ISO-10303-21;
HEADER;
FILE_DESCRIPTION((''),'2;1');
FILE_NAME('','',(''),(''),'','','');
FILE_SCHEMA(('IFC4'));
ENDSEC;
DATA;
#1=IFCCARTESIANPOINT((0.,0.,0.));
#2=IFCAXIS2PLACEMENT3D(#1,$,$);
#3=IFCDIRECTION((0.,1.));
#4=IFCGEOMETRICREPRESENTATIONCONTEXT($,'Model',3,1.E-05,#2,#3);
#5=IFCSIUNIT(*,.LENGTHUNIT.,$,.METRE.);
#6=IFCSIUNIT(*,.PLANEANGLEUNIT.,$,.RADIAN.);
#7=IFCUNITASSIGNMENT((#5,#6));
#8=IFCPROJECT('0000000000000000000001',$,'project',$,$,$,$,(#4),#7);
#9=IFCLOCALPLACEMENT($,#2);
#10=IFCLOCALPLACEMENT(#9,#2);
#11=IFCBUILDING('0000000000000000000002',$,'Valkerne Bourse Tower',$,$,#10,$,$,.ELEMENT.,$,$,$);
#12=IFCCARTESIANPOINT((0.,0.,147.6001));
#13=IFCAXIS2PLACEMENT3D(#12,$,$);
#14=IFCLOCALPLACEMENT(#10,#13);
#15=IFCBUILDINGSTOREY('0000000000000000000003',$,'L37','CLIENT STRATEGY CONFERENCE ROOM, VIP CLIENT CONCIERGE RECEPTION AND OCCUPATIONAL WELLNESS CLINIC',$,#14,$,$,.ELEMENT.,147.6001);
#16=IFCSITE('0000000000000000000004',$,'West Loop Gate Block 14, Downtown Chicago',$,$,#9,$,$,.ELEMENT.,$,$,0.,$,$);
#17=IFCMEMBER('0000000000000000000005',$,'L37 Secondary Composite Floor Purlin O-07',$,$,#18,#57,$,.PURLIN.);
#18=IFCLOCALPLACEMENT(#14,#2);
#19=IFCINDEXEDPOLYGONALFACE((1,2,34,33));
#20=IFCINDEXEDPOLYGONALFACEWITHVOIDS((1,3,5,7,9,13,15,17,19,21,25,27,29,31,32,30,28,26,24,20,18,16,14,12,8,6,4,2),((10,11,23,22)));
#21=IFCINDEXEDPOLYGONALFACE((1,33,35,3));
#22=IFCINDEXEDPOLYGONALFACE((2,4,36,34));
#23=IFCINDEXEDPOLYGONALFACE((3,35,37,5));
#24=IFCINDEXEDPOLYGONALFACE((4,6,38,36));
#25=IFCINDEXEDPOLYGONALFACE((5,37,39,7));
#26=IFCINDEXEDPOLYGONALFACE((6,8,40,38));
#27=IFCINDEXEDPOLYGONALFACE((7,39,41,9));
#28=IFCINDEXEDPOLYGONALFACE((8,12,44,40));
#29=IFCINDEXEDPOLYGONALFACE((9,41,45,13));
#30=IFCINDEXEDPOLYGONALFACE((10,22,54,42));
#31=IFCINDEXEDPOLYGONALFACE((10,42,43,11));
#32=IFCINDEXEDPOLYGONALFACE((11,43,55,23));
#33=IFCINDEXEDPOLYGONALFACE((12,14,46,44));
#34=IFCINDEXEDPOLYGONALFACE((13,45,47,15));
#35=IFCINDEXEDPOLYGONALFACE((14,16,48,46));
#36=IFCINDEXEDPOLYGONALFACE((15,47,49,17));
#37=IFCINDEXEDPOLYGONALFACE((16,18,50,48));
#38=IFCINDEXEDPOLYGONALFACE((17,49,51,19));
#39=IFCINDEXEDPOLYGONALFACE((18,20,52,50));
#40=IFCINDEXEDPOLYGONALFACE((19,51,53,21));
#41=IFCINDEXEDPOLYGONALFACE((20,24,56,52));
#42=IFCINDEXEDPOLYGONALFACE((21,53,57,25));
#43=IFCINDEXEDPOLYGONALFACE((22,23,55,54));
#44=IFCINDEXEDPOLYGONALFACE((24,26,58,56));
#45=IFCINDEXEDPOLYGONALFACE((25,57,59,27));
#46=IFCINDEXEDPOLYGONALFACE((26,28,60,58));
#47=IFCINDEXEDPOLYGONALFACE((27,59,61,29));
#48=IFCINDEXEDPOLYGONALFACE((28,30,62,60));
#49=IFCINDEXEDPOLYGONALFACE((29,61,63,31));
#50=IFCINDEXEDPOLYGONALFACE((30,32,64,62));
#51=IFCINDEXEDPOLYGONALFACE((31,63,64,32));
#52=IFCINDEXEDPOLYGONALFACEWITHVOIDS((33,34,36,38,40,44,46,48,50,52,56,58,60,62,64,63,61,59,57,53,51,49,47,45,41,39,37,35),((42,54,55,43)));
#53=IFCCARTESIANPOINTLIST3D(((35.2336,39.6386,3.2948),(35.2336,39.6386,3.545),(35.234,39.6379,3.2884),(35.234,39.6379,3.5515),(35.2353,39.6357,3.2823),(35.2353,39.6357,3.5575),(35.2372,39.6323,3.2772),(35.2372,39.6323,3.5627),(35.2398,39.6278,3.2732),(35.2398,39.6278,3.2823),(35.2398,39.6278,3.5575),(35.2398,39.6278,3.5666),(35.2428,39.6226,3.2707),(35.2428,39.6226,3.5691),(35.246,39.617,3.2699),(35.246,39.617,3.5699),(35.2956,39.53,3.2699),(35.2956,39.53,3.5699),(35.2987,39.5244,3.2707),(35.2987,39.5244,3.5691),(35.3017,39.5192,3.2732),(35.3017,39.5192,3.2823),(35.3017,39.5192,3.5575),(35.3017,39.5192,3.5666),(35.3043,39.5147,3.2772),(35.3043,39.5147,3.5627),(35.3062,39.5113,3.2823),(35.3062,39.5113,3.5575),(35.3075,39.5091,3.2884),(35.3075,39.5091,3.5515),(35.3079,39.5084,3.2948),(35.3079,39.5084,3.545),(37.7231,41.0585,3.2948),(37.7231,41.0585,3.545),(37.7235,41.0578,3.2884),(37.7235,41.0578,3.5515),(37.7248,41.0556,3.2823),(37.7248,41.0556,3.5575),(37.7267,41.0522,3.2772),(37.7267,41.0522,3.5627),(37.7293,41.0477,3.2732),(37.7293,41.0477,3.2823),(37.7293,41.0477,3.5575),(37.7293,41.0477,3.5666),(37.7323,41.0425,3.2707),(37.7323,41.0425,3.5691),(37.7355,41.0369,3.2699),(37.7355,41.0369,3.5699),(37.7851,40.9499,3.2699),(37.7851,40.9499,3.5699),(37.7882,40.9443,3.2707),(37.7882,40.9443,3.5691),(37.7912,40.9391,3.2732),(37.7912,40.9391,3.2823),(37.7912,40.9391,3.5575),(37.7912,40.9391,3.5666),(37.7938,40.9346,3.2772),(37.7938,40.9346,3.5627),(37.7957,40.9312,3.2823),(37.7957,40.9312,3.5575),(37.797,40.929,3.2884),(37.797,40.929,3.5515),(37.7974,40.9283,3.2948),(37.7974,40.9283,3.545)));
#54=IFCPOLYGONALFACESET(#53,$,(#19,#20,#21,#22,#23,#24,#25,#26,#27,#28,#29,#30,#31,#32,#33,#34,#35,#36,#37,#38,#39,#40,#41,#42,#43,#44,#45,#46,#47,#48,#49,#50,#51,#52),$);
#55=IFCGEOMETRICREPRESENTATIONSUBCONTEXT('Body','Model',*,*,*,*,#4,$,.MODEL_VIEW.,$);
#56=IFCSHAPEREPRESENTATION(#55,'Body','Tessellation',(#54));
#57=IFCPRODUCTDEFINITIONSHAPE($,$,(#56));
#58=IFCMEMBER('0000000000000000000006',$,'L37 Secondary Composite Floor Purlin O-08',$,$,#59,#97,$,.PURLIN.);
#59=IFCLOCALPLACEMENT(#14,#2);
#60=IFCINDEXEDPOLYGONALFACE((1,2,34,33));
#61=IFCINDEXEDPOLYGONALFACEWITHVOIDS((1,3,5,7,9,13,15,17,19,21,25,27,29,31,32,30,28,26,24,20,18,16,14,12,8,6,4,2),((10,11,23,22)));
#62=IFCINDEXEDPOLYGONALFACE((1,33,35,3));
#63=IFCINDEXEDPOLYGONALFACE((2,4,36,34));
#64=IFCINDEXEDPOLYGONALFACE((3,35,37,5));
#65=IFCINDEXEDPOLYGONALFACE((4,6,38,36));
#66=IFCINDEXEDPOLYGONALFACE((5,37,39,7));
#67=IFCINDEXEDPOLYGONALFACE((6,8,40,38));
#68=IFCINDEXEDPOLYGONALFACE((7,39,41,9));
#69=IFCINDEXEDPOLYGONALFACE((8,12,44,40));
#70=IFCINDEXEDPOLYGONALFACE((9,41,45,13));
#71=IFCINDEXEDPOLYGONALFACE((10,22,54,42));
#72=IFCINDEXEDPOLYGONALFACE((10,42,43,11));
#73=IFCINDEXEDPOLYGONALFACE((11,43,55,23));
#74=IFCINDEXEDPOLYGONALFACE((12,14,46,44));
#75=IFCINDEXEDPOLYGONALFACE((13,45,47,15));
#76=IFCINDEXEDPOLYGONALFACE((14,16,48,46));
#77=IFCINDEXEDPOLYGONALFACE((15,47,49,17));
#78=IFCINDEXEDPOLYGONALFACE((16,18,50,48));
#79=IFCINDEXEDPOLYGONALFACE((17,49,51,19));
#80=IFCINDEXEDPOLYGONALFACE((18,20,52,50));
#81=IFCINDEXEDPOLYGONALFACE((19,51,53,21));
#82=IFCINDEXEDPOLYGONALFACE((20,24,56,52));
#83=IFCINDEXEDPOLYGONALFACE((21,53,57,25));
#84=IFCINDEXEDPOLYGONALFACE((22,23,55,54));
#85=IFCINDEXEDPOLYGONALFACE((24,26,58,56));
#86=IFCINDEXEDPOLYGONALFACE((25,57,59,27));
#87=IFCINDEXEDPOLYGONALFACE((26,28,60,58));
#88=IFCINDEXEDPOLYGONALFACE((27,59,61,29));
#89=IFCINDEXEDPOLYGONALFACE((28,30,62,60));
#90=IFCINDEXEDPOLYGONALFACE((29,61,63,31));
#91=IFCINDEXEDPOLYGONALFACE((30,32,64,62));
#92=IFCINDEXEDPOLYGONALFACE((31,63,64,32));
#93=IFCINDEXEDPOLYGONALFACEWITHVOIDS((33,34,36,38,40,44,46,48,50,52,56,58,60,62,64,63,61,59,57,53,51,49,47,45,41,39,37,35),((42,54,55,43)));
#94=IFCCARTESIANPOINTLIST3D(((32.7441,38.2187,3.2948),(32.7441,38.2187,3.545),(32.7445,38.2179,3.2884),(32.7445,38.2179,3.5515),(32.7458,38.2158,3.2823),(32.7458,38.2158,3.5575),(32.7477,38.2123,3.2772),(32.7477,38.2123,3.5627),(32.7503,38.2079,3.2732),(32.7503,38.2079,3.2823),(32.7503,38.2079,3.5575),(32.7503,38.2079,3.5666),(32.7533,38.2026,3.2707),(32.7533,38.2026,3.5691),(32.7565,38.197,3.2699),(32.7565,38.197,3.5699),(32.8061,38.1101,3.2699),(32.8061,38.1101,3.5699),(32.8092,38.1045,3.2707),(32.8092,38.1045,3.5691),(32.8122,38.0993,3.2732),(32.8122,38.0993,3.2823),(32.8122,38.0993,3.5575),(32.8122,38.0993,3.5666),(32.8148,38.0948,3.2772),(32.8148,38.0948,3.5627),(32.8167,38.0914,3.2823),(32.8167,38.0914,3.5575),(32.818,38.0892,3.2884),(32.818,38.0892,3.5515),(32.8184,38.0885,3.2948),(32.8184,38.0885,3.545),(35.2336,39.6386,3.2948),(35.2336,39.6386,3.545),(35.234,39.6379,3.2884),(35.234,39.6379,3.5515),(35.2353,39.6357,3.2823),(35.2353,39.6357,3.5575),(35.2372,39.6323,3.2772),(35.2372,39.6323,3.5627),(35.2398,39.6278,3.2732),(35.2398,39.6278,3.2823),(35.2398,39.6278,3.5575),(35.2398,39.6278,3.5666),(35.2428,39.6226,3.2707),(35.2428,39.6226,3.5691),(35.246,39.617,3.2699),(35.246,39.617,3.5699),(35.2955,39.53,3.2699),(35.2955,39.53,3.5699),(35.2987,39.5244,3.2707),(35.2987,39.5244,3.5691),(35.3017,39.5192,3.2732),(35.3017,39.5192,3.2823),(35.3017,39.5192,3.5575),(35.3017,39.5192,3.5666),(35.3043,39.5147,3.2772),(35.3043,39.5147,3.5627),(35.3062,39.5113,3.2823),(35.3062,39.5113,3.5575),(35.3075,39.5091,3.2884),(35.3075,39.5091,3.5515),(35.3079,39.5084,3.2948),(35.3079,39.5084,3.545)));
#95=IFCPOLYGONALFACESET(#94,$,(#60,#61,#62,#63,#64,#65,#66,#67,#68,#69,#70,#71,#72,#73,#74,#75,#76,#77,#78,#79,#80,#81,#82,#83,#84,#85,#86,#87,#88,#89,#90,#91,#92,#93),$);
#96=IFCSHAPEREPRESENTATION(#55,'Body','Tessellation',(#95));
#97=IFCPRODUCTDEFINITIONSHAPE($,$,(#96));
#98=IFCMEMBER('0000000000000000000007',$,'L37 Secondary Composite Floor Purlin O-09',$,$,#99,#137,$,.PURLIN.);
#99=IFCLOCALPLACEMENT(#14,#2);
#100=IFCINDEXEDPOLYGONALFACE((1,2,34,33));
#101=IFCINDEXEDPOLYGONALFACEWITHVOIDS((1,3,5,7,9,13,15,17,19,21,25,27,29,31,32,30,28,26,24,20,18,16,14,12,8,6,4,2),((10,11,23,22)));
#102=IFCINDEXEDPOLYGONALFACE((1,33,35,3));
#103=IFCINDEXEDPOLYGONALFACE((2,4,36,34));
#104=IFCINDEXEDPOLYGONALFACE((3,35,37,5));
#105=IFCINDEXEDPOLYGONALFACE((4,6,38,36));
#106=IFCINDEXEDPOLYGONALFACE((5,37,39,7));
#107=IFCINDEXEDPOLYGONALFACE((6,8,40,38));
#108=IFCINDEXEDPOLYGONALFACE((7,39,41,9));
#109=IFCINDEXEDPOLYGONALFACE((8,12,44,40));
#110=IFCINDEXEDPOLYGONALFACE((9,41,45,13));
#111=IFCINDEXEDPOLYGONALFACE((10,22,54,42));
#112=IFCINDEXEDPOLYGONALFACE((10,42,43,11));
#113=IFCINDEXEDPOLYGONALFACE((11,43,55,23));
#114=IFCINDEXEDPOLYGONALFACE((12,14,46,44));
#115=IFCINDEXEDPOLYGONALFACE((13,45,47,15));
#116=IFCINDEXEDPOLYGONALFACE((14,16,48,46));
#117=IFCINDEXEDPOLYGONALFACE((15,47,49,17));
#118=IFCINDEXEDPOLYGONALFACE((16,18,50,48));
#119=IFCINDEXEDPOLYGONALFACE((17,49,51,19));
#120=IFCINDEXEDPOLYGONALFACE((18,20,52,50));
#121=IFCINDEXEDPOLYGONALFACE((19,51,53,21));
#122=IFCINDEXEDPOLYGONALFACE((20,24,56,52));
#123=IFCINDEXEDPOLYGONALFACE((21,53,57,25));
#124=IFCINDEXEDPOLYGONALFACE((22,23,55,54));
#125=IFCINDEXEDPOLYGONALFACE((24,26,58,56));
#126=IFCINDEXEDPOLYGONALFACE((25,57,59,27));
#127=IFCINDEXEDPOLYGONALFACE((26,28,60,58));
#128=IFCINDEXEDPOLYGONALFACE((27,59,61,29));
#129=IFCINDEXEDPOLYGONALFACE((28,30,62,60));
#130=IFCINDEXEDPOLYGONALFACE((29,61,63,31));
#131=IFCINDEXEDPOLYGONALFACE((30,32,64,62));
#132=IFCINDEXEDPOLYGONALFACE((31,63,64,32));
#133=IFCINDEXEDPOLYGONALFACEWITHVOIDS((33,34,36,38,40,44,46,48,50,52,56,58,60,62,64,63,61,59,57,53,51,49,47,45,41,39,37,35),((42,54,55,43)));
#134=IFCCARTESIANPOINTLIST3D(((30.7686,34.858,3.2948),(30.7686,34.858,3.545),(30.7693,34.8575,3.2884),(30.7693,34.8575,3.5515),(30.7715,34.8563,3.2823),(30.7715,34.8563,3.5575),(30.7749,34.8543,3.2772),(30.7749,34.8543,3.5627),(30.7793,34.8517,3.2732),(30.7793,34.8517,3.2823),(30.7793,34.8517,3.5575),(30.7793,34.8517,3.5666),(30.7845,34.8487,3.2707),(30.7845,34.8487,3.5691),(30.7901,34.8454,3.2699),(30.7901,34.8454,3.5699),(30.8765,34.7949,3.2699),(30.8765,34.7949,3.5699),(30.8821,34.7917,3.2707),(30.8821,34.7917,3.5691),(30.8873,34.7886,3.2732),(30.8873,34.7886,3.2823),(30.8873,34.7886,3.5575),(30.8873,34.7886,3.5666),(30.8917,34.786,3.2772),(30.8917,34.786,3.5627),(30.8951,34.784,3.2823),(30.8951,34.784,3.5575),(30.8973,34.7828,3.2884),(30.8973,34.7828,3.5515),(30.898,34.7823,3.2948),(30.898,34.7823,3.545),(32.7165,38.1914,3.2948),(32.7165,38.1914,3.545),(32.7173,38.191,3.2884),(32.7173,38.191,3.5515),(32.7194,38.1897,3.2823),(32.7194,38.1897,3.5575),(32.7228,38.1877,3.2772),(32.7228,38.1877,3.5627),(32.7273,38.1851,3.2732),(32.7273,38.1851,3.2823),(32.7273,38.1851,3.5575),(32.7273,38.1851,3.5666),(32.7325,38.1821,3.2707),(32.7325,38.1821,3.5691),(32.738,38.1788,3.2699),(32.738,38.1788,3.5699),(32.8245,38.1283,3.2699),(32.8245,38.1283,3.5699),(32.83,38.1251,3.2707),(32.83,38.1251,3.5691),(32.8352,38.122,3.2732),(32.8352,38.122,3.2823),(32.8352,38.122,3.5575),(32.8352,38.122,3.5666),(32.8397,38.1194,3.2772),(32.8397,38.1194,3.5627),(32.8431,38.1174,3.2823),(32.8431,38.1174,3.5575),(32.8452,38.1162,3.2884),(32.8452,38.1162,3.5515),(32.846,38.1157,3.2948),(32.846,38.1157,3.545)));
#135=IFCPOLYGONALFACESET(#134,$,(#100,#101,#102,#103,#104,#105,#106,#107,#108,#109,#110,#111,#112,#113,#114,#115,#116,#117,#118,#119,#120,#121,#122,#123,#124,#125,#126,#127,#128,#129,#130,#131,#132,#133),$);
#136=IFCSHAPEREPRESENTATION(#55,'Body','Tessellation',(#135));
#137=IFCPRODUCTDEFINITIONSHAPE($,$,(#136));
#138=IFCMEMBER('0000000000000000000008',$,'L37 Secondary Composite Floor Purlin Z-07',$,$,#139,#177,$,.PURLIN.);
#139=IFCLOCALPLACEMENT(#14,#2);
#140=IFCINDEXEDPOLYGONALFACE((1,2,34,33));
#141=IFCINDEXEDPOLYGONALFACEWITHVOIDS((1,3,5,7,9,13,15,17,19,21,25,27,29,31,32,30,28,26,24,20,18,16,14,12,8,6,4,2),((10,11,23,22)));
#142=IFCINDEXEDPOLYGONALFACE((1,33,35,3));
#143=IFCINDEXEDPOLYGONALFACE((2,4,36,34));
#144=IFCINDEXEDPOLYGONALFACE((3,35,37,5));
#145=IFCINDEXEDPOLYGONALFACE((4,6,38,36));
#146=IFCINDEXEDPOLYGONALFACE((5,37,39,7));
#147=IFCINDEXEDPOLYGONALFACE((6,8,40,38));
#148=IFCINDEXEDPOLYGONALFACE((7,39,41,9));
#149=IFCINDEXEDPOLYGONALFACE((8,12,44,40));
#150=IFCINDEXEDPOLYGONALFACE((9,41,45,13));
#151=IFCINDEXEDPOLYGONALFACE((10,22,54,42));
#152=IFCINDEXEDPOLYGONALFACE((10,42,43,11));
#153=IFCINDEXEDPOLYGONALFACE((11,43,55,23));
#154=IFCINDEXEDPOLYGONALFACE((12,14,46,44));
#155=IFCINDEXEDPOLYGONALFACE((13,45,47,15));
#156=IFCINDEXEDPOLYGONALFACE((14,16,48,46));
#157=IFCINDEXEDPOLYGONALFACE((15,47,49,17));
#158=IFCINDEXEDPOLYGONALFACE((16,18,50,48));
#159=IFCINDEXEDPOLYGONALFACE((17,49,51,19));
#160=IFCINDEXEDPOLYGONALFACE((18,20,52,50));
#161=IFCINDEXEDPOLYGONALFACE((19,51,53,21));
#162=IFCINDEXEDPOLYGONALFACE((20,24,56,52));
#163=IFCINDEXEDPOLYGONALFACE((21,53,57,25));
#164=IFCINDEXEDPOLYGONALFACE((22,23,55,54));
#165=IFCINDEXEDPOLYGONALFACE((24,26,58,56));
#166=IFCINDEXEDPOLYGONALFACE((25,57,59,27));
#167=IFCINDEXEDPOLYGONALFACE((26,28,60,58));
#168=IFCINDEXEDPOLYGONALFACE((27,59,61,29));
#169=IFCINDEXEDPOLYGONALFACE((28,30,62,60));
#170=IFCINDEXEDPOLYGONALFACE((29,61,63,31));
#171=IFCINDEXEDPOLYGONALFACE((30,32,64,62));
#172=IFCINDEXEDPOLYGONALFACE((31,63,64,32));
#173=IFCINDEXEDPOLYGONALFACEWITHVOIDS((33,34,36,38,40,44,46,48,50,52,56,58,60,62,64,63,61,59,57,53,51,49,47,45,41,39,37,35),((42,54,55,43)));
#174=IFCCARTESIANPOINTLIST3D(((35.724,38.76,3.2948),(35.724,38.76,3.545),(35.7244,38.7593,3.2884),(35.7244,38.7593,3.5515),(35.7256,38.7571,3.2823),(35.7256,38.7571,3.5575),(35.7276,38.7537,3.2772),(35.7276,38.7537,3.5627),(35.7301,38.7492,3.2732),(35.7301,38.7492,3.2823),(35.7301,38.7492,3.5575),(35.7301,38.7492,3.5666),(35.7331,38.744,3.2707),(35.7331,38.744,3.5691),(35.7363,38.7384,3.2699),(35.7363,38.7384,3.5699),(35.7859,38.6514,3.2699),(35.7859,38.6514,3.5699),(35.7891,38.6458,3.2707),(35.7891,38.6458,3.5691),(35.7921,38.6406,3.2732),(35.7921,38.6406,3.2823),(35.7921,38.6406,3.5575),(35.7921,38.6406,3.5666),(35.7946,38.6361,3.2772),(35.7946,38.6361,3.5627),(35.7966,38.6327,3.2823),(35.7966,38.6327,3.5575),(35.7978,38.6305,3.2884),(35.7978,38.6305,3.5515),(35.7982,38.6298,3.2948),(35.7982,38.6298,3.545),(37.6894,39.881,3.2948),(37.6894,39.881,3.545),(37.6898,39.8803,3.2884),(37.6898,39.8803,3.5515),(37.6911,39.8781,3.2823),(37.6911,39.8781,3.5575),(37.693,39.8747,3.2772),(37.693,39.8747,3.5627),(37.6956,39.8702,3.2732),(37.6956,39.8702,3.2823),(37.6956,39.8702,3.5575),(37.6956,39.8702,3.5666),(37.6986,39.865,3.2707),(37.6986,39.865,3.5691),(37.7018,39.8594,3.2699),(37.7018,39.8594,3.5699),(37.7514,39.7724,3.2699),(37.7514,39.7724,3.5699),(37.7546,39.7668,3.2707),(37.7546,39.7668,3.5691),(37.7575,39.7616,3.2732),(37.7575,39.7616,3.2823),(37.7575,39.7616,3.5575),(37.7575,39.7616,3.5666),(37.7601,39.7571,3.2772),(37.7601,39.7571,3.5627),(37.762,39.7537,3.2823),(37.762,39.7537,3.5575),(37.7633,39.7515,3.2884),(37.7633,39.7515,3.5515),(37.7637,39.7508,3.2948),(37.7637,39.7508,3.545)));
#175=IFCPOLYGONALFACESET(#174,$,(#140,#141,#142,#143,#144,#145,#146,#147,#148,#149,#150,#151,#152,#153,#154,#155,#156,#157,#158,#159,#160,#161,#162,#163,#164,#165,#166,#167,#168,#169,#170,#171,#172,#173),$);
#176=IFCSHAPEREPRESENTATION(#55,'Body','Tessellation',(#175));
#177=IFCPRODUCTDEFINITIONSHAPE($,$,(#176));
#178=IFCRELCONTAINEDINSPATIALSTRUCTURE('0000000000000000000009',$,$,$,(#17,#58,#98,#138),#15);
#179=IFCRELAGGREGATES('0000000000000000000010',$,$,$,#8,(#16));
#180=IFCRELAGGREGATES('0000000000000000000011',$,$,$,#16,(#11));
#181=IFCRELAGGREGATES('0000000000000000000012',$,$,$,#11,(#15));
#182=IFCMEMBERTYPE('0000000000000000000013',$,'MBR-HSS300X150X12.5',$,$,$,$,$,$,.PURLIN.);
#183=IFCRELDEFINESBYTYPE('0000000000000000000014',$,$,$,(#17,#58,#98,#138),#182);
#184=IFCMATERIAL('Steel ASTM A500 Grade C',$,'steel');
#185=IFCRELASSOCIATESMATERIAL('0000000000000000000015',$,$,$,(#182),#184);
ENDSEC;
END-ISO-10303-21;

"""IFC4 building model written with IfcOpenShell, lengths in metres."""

from ifc_helpers import new_model, si_unit, direction, frame, origin, origin_2d, place, context, subcontext, project, spatial, hollow_rectangle, extrude, material, material_profile, profile_set, type_object, element, save


model = new_model("IFC4")

# Units and contexts
model_context = context("Model", 3, precision=1e-05, world=origin(), true_north=direction((0.0, 1.0)))
body_context = subcontext(model_context, "Body", "Model", "MODEL_VIEW")
ifc_project = project(units=[si_unit("LENGTHUNIT", "METRE"), si_unit("PLANEANGLEUNIT", "RADIAN")], contexts=[model_context])

# Site, building, storey
site_placement = place(None, origin())
site = spatial("IfcSite", under=ifc_project, at=site_placement, Name="West Loop Gate Block 14, Downtown Chicago", CompositionType="ELEMENT", RefElevation=0.0)
building_placement = place(site_placement, origin())
building = spatial("IfcBuilding", under=site, at=building_placement, Name="Valkerne Bourse Tower", CompositionType="ELEMENT")
storey_placement = place(building_placement, frame((0.0, 0.0, 147.6001)))
storey = spatial("IfcBuildingStorey", under=building, at=storey_placement, Name="L37", Description="CLIENT STRATEGY CONFERENCE ROOM, VIP CLIENT CONCIERGE RECEPTION AND OCCUPATIONAL WELLNESS CLINIC", CompositionType="ELEMENT", Elevation=147.6001)

# Members
ifc_material_1 = material(Name="Steel ASTM A500 Grade C", Category="steel")
ifc_material_profile_1 = material_profile(ifc_material_1, hollow_rectangle(XDim=0.1499, YDim=0.3, WallThickness=0.0125, OuterFilletRadius=0.0249, at=origin_2d()), Name="HSS300X150X12.5")
ifc_profile_set_1 = profile_set([ifc_material_profile_1], Name="Steel ASTM A500 Grade C")
member_type_1 = type_object("IfcMemberType", Name="MBR-HSS300X150X12.5", PredefinedType="PURLIN", material=ifc_profile_set_1)
for number, where, z_axis, x_axis, name in (
    (1, (37.7603, 40.9934, 3.4199), (-0.868641, -0.495442, 0.0), (0.495442, -0.868641, 0.0), "L37 Secondary Composite Floor Purlin O-07"),
    (2, (35.2708, 39.5735, 3.4199), (-0.868641, -0.495442, 0.0), (0.495442, -0.868641, 0.0), "L37 Secondary Composite Floor Purlin O-08"),
):
    element("IfcMember", number, at=place(storey_placement, frame(where, z_axis=z_axis, x_axis=x_axis)), inside=storey, type_object=member_type_1, Name=name, PredefinedType="PURLIN", context=body_context, shape_type="SweptSolid", body=[
        extrude(hollow_rectangle(XDim=0.1499, YDim=0.3, WallThickness=0.0125, OuterFilletRadius=0.0249, at=origin_2d()), origin(), (0.0, 0.0, 1.0), 2.866),
    ])
member_1_placement = place(storey_placement, frame((32.7812, 38.1536, 3.4199), z_axis=(-0.504539, -0.863389, 0.0), x_axis=(0.863389, -0.504539, 0.0)))
element("IfcMember", 3, at=member_1_placement, inside=storey, type_object=member_type_1, Name="L37 Secondary Composite Floor Purlin O-09", PredefinedType="PURLIN", context=body_context, shape_type="SweptSolid", body=[
    extrude(hollow_rectangle(XDim=0.1499, YDim=0.3, WallThickness=0.0125, OuterFilletRadius=0.0249, at=origin_2d()), origin(), (0.0, 0.0, 1.0), 3.8608),
])
member_2_placement = place(storey_placement, frame((37.7266, 39.8159, 3.4199), z_axis=(-0.868641, -0.495442, 0.0), x_axis=(0.495442, -0.868641, 0.0)))
element("IfcMember", 4, at=member_2_placement, inside=storey, type_object=member_type_1, Name="L37 Secondary Composite Floor Purlin Z-07", PredefinedType="PURLIN", context=body_context, shape_type="SweptSolid", body=[
    extrude(hollow_rectangle(XDim=0.1499, YDim=0.3, WallThickness=0.0125, OuterFilletRadius=0.0249, at=origin_2d()), origin(), (0.0, 0.0, 1.0), 2.2627),
])

save(model, "model.ifc")
